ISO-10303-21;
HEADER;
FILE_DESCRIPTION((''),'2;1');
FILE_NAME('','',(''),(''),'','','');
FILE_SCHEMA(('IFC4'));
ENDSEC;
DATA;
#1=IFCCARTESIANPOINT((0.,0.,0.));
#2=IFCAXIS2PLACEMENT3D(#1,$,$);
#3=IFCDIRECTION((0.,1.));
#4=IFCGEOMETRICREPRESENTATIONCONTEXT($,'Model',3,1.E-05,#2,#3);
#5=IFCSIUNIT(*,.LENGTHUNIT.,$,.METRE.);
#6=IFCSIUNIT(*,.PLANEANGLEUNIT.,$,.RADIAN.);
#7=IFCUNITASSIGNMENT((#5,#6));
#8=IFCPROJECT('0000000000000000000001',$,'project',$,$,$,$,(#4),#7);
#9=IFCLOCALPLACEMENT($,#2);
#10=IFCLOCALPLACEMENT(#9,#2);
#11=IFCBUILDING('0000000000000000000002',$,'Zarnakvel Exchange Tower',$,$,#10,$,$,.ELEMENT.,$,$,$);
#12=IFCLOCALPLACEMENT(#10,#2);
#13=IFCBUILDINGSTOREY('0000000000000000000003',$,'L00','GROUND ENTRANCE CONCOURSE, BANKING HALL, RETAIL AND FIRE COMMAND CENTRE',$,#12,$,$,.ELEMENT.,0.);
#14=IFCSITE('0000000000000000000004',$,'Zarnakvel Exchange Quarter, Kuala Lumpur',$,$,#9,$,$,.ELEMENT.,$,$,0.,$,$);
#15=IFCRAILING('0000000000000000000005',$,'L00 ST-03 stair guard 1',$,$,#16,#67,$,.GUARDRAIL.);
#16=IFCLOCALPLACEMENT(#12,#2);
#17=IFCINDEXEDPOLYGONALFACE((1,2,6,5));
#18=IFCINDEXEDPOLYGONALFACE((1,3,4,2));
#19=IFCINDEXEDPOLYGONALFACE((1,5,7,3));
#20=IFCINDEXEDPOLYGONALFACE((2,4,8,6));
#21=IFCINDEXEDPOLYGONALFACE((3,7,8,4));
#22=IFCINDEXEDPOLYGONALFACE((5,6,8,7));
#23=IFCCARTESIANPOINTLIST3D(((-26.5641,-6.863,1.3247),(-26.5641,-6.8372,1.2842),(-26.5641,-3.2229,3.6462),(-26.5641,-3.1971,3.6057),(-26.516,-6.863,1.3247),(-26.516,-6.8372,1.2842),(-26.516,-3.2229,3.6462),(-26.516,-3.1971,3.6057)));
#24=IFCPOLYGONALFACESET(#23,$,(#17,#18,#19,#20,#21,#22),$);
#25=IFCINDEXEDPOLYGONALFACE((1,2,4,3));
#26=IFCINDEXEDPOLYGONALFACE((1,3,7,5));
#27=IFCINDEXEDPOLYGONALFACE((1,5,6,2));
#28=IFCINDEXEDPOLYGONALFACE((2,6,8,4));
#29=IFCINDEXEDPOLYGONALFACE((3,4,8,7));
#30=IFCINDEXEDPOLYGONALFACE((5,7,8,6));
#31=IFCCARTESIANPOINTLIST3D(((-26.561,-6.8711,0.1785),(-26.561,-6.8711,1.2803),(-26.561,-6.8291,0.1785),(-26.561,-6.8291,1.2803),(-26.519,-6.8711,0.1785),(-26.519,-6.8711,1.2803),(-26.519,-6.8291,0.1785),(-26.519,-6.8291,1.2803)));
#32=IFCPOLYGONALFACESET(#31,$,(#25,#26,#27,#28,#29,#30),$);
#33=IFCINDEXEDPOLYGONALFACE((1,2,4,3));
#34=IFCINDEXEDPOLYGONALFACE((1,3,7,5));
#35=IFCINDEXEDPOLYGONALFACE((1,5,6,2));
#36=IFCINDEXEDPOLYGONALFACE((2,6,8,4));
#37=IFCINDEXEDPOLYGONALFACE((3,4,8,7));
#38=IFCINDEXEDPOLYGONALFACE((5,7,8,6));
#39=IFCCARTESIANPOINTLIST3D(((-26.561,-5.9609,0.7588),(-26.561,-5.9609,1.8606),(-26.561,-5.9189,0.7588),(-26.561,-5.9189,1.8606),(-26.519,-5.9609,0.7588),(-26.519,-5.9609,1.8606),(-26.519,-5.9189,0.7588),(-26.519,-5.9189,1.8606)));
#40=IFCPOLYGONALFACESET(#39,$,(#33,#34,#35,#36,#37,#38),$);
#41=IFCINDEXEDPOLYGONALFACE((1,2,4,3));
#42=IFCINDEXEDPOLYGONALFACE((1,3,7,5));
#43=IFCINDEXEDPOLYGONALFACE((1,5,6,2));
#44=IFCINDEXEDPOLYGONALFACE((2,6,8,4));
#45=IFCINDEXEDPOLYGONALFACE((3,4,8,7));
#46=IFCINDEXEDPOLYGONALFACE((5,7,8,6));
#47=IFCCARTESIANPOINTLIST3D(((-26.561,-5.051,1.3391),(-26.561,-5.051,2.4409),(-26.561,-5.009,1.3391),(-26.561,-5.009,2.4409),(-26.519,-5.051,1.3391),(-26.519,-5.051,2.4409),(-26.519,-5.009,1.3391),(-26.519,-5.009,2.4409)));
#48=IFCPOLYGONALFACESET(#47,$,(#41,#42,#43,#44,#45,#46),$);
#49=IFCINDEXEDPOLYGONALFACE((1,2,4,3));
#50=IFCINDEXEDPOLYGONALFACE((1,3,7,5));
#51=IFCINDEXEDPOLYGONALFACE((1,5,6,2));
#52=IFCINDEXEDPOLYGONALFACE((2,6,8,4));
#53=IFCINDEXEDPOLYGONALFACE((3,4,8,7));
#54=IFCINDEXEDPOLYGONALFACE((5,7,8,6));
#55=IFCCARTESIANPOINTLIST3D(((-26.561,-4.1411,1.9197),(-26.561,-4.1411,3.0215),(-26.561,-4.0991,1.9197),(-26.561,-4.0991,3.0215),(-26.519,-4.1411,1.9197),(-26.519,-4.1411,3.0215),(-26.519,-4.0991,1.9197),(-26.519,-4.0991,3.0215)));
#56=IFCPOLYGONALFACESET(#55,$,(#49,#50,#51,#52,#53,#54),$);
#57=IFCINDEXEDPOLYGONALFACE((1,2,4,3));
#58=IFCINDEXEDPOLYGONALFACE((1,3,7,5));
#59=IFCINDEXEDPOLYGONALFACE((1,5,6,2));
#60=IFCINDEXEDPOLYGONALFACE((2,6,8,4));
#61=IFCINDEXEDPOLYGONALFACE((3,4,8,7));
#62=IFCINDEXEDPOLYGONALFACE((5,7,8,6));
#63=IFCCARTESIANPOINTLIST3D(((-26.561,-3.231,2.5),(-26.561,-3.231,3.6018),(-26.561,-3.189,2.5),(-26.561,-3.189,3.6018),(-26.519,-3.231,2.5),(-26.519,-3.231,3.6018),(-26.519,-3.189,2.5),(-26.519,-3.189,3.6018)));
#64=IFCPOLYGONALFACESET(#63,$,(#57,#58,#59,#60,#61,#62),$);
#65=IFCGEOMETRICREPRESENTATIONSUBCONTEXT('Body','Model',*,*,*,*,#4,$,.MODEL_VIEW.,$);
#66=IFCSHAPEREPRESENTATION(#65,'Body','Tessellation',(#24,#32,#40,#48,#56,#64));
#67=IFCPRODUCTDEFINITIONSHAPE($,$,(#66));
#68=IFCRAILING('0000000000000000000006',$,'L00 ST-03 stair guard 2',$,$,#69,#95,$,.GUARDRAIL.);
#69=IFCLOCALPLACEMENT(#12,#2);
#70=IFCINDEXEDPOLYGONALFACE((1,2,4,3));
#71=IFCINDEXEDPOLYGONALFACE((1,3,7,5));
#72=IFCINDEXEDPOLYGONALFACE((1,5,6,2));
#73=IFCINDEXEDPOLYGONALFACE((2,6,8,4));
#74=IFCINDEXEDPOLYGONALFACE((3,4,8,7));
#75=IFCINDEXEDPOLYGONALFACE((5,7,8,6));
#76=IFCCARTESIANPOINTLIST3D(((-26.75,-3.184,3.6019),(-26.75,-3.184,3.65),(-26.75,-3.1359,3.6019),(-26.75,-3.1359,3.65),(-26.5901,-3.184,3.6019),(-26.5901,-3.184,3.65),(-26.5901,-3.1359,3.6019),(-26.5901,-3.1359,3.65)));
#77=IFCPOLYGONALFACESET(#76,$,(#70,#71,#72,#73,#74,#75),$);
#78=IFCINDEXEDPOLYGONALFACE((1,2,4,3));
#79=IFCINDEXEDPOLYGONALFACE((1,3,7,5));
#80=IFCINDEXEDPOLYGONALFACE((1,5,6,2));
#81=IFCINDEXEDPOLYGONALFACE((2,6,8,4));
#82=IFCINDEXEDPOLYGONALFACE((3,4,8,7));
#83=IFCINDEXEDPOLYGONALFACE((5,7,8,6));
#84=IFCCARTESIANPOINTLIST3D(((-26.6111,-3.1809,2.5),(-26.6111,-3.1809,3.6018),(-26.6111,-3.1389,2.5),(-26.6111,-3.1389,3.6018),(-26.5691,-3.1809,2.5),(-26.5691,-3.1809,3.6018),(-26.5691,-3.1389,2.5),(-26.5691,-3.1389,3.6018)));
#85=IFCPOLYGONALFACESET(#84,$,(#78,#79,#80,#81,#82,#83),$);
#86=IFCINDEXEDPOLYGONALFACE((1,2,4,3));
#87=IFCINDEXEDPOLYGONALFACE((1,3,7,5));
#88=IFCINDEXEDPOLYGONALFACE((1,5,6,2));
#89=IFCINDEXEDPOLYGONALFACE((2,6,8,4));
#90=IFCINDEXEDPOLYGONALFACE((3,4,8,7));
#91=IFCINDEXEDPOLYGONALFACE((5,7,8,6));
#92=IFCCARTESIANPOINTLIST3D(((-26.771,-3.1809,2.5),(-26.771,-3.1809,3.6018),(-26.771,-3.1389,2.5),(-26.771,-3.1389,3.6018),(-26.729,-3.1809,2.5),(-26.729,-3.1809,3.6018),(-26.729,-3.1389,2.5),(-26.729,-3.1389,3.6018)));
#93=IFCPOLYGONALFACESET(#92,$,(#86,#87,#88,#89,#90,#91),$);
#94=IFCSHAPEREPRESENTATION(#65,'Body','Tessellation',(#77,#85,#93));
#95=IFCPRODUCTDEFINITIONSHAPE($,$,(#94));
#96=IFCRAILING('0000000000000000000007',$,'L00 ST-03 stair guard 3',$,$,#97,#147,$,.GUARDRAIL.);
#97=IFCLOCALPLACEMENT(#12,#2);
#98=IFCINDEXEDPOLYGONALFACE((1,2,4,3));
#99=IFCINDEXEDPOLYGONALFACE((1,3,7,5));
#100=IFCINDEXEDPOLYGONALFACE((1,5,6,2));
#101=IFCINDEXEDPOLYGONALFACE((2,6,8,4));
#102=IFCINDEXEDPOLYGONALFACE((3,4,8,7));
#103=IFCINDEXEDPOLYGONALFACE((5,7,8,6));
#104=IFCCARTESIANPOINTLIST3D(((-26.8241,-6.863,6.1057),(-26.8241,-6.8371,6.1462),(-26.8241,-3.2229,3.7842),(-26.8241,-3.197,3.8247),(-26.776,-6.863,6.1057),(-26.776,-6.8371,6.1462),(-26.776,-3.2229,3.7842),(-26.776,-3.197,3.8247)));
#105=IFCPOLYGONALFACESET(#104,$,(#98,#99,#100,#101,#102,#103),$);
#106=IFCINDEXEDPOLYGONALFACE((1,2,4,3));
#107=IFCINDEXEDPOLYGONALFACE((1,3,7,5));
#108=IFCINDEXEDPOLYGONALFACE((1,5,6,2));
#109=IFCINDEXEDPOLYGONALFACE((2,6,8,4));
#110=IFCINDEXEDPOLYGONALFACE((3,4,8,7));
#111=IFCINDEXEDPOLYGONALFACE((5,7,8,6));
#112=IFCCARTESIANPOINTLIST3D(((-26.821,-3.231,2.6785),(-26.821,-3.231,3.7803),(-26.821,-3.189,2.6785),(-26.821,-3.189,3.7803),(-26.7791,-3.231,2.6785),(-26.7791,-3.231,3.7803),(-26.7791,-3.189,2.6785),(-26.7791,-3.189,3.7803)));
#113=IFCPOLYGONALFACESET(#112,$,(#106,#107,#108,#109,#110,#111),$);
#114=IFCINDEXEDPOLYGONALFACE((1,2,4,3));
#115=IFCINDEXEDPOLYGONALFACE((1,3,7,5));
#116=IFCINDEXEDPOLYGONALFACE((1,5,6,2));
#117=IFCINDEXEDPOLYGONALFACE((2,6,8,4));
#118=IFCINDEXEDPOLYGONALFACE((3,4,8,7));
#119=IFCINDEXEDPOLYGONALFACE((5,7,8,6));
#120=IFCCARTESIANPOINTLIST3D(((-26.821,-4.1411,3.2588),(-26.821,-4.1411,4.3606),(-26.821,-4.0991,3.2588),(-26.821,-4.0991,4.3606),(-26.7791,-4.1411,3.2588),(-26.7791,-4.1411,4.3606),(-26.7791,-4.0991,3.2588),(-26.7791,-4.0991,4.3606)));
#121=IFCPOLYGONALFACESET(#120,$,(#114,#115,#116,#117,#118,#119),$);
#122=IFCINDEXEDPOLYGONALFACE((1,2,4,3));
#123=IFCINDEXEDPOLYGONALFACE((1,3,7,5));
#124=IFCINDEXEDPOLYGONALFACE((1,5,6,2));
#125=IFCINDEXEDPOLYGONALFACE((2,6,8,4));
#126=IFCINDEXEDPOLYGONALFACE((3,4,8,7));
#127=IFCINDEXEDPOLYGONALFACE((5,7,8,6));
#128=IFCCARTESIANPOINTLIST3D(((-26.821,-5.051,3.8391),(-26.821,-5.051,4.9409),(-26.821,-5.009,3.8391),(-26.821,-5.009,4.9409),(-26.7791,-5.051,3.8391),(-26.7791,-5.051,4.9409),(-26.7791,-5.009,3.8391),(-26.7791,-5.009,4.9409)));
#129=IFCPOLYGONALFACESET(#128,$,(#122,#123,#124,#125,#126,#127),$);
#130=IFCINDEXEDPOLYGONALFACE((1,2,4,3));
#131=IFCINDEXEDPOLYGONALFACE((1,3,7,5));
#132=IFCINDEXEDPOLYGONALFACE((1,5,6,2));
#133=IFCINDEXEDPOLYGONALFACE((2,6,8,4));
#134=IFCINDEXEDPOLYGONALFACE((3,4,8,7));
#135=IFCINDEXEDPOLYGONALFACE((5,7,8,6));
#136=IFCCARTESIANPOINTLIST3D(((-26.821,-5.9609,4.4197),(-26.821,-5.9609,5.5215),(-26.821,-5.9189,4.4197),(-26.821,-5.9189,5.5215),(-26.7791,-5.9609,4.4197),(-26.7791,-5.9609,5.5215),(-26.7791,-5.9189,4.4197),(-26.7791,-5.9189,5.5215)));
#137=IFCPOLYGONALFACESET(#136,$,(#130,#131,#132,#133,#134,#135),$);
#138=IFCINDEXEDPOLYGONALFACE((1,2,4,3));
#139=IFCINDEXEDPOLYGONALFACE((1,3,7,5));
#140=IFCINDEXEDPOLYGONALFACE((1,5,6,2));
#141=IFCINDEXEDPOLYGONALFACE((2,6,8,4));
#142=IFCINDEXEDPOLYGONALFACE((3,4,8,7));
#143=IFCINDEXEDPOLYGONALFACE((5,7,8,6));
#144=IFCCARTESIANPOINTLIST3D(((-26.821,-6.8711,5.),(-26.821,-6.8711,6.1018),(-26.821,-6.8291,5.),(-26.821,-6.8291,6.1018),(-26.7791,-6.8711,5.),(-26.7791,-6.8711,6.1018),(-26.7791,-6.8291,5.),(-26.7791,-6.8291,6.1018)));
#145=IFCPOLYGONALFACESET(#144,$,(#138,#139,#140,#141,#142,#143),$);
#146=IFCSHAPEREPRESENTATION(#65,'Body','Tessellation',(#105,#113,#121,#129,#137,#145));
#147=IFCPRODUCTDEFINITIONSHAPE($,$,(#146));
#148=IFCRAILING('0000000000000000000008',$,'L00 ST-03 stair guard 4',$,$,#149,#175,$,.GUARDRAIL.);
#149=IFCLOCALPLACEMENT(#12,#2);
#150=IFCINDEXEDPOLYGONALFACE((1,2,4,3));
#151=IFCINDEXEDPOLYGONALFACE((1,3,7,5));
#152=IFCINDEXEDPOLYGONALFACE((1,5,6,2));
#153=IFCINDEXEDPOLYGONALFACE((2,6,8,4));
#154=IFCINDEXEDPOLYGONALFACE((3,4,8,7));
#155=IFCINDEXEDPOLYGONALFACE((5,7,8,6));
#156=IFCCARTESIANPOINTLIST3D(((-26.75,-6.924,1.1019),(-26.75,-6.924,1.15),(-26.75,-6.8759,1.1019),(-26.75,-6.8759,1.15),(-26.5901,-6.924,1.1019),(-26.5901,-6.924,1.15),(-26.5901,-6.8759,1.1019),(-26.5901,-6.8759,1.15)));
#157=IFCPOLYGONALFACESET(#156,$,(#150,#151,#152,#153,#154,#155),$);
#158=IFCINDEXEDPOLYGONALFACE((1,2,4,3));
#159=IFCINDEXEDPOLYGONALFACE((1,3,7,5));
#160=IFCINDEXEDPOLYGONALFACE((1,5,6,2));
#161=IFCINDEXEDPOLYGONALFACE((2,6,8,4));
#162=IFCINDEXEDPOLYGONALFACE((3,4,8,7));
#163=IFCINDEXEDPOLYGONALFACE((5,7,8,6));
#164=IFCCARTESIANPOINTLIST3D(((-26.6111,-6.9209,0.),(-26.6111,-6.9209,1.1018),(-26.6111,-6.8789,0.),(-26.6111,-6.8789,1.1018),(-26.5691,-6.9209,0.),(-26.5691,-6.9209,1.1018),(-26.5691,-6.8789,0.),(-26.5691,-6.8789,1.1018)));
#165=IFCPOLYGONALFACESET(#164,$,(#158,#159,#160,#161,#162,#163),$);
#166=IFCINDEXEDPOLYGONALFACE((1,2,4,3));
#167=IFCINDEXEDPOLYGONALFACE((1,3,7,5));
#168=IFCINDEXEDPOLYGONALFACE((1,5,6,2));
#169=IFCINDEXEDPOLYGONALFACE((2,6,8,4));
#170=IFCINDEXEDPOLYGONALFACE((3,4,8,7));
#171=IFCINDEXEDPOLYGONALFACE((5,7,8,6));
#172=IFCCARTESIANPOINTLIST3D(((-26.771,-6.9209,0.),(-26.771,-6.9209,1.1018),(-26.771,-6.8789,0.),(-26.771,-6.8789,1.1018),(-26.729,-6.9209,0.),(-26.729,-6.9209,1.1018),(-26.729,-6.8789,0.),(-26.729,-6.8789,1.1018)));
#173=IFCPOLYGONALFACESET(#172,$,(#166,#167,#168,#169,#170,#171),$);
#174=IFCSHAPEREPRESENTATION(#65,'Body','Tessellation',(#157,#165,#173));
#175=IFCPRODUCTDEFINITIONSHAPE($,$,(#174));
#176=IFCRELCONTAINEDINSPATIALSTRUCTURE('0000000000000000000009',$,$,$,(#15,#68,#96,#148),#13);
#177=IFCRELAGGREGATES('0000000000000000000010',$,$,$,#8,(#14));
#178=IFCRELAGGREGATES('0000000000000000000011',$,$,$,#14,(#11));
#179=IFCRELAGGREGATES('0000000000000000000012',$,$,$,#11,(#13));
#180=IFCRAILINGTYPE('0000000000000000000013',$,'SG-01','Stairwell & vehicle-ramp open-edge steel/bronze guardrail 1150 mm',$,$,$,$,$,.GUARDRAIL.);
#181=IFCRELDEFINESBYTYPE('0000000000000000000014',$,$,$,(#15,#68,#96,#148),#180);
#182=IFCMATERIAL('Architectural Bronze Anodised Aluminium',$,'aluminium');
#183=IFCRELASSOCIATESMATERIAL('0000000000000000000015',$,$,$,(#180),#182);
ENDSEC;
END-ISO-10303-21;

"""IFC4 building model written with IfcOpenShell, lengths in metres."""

from ifc_helpers import new_model, si_unit, direction, frame, origin, origin_2d, place, context, subcontext, project, spatial, rectangle, extrude, material, type_object, element, save


model = new_model("IFC4")

# Units and contexts
model_context = context("Model", 3, precision=1e-05, world=origin(), true_north=direction((0.0, 1.0)))
body_context = subcontext(model_context, "Body", "Model", "MODEL_VIEW")
ifc_project = project(units=[si_unit("LENGTHUNIT", "METRE"), si_unit("PLANEANGLEUNIT", "RADIAN")], contexts=[model_context])

# Site, building, storey
site_placement = place(None, origin())
site = spatial("IfcSite", under=ifc_project, at=site_placement, Name="Zarnakvel Exchange Quarter, Kuala Lumpur", CompositionType="ELEMENT", RefElevation=0.0)
building_placement = place(site_placement, origin())
building = spatial("IfcBuilding", under=site, at=building_placement, Name="Zarnakvel Exchange Tower", CompositionType="ELEMENT")
storey_placement = place(building_placement, origin())
storey = spatial("IfcBuildingStorey", under=building, at=storey_placement, Name="L00", Description="GROUND ENTRANCE CONCOURSE, BANKING HALL, RETAIL AND FIRE COMMAND CENTRE", CompositionType="ELEMENT", Elevation=0.0)

# Railings
ifc_material_1 = material(Name="Architectural Bronze Anodised Aluminium", Category="aluminium")
railing_type_1 = type_object("IfcRailingType", Name="SG-01", Description="Stairwell & vehicle-ramp open-edge steel/bronze guardrail 1150 mm", PredefinedType="GUARDRAIL", material=ifc_material_1)
railing_1_placement = place(storey_placement, frame((-26.54, -6.8501, 0.1785)))
element("IfcRailing", 1, at=railing_1_placement, inside=storey, type_object=railing_type_1, Name="L00 ST-03 stair guard 1", PredefinedType="GUARDRAIL", context=body_context, shape_type="SweptSolid", body=[
    extrude(rectangle(XDim=0.0481, YDim=0.0481, at=origin_2d()), frame((0.0, 0.0, 1.126), z_axis=(0.0, 0.843128, 0.537713), x_axis=(-1.0, 0.0, 0.0)), (0.0, 0.0, 1.0), 4.3174),
    extrude(rectangle(XDim=0.042, YDim=0.042, at=origin_2d()), origin(), (0.0, 0.0, 1.0), 1.1018),
    extrude(rectangle(XDim=0.042, YDim=0.042, at=origin_2d()), frame((0.0, 0.9102, 0.5803)), (0.0, 0.0, 1.0), 1.1018),
    extrude(rectangle(XDim=0.042, YDim=0.042, at=origin_2d()), frame((0.0, 1.8201, 1.1606)), (0.0, 0.0, 1.0), 1.1018),
    extrude(rectangle(XDim=0.042, YDim=0.042, at=origin_2d()), frame((0.0, 2.73, 1.7412)), (0.0, 0.0, 1.0), 1.1018),
    extrude(rectangle(XDim=0.042, YDim=0.042, at=origin_2d()), frame((0.0, 3.6401, 2.3215)), (0.0, 0.0, 1.0), 1.1018),
])
railing_2_placement = place(storey_placement, frame((-26.5901, -3.1599, 2.5)))
element("IfcRailing", 2, at=railing_2_placement, inside=storey, type_object=railing_type_1, Name="L00 ST-03 stair guard 2", PredefinedType="GUARDRAIL", context=body_context, shape_type="SweptSolid", body=[
    extrude(rectangle(XDim=0.0481, YDim=0.0481, at=origin_2d()), frame((0.0, 0.0, 1.126), z_axis=(-1.0, 0.0, 0.0), x_axis=(0.0, -1.0, 0.0)), (0.0, 0.0, 1.0), 0.1599),
    extrude(rectangle(XDim=0.042, YDim=0.042, at=origin_2d()), origin(), (0.0, 0.0, 1.0), 1.1018),
    extrude(rectangle(XDim=0.042, YDim=0.042, at=origin_2d()), frame((-0.1599, 0.0, 0.0)), (0.0, 0.0, 1.0), 1.1018),
])
railing_3_placement = place(storey_placement, frame((-26.8, -3.21, 2.6785)))
element("IfcRailing", 3, at=railing_3_placement, inside=storey, type_object=railing_type_1, Name="L00 ST-03 stair guard 3", PredefinedType="GUARDRAIL", context=body_context, shape_type="SweptSolid", body=[
    extrude(rectangle(XDim=0.0481, YDim=0.0481, at=origin_2d()), frame((0.0, 0.0, 1.126), z_axis=(0.0, -0.843128, 0.537713), x_axis=(1.0, 0.0, 0.0)), (0.0, 0.0, 1.0), 4.3174),
    extrude(rectangle(XDim=0.042, YDim=0.042, at=origin_2d()), origin(), (0.0, 0.0, 1.0), 1.1018),
    extrude(rectangle(XDim=0.042, YDim=0.042, at=origin_2d()), frame((0.0, -0.9102, 0.5803)), (0.0, 0.0, 1.0), 1.1018),
    extrude(rectangle(XDim=0.042, YDim=0.042, at=origin_2d()), frame((0.0, -1.8201, 1.1606)), (0.0, 0.0, 1.0), 1.1018),
    extrude(rectangle(XDim=0.042, YDim=0.042, at=origin_2d()), frame((0.0, -2.73, 1.7412)), (0.0, 0.0, 1.0), 1.1018),
    extrude(rectangle(XDim=0.042, YDim=0.042, at=origin_2d()), frame((0.0, -3.6401, 2.3215)), (0.0, 0.0, 1.0), 1.1018),
])
railing_4_placement = place(storey_placement, frame((-26.5901, -6.8999, 0.0)))
element("IfcRailing", 4, at=railing_4_placement, inside=storey, type_object=railing_type_1, Name="L00 ST-03 stair guard 4", PredefinedType="GUARDRAIL", context=body_context, shape_type="SweptSolid", body=[
    extrude(rectangle(XDim=0.0481, YDim=0.0481, at=origin_2d()), frame((0.0, 0.0, 1.126), z_axis=(-1.0, 0.0, 0.0), x_axis=(0.0, -1.0, 0.0)), (0.0, 0.0, 1.0), 0.1599),
    extrude(rectangle(XDim=0.042, YDim=0.042, at=origin_2d()), origin(), (0.0, 0.0, 1.0), 1.1018),
    extrude(rectangle(XDim=0.042, YDim=0.042, at=origin_2d()), frame((-0.1599, 0.0, 0.0)), (0.0, 0.0, 1.0), 1.1018),
])

save(model, "model.ifc")
